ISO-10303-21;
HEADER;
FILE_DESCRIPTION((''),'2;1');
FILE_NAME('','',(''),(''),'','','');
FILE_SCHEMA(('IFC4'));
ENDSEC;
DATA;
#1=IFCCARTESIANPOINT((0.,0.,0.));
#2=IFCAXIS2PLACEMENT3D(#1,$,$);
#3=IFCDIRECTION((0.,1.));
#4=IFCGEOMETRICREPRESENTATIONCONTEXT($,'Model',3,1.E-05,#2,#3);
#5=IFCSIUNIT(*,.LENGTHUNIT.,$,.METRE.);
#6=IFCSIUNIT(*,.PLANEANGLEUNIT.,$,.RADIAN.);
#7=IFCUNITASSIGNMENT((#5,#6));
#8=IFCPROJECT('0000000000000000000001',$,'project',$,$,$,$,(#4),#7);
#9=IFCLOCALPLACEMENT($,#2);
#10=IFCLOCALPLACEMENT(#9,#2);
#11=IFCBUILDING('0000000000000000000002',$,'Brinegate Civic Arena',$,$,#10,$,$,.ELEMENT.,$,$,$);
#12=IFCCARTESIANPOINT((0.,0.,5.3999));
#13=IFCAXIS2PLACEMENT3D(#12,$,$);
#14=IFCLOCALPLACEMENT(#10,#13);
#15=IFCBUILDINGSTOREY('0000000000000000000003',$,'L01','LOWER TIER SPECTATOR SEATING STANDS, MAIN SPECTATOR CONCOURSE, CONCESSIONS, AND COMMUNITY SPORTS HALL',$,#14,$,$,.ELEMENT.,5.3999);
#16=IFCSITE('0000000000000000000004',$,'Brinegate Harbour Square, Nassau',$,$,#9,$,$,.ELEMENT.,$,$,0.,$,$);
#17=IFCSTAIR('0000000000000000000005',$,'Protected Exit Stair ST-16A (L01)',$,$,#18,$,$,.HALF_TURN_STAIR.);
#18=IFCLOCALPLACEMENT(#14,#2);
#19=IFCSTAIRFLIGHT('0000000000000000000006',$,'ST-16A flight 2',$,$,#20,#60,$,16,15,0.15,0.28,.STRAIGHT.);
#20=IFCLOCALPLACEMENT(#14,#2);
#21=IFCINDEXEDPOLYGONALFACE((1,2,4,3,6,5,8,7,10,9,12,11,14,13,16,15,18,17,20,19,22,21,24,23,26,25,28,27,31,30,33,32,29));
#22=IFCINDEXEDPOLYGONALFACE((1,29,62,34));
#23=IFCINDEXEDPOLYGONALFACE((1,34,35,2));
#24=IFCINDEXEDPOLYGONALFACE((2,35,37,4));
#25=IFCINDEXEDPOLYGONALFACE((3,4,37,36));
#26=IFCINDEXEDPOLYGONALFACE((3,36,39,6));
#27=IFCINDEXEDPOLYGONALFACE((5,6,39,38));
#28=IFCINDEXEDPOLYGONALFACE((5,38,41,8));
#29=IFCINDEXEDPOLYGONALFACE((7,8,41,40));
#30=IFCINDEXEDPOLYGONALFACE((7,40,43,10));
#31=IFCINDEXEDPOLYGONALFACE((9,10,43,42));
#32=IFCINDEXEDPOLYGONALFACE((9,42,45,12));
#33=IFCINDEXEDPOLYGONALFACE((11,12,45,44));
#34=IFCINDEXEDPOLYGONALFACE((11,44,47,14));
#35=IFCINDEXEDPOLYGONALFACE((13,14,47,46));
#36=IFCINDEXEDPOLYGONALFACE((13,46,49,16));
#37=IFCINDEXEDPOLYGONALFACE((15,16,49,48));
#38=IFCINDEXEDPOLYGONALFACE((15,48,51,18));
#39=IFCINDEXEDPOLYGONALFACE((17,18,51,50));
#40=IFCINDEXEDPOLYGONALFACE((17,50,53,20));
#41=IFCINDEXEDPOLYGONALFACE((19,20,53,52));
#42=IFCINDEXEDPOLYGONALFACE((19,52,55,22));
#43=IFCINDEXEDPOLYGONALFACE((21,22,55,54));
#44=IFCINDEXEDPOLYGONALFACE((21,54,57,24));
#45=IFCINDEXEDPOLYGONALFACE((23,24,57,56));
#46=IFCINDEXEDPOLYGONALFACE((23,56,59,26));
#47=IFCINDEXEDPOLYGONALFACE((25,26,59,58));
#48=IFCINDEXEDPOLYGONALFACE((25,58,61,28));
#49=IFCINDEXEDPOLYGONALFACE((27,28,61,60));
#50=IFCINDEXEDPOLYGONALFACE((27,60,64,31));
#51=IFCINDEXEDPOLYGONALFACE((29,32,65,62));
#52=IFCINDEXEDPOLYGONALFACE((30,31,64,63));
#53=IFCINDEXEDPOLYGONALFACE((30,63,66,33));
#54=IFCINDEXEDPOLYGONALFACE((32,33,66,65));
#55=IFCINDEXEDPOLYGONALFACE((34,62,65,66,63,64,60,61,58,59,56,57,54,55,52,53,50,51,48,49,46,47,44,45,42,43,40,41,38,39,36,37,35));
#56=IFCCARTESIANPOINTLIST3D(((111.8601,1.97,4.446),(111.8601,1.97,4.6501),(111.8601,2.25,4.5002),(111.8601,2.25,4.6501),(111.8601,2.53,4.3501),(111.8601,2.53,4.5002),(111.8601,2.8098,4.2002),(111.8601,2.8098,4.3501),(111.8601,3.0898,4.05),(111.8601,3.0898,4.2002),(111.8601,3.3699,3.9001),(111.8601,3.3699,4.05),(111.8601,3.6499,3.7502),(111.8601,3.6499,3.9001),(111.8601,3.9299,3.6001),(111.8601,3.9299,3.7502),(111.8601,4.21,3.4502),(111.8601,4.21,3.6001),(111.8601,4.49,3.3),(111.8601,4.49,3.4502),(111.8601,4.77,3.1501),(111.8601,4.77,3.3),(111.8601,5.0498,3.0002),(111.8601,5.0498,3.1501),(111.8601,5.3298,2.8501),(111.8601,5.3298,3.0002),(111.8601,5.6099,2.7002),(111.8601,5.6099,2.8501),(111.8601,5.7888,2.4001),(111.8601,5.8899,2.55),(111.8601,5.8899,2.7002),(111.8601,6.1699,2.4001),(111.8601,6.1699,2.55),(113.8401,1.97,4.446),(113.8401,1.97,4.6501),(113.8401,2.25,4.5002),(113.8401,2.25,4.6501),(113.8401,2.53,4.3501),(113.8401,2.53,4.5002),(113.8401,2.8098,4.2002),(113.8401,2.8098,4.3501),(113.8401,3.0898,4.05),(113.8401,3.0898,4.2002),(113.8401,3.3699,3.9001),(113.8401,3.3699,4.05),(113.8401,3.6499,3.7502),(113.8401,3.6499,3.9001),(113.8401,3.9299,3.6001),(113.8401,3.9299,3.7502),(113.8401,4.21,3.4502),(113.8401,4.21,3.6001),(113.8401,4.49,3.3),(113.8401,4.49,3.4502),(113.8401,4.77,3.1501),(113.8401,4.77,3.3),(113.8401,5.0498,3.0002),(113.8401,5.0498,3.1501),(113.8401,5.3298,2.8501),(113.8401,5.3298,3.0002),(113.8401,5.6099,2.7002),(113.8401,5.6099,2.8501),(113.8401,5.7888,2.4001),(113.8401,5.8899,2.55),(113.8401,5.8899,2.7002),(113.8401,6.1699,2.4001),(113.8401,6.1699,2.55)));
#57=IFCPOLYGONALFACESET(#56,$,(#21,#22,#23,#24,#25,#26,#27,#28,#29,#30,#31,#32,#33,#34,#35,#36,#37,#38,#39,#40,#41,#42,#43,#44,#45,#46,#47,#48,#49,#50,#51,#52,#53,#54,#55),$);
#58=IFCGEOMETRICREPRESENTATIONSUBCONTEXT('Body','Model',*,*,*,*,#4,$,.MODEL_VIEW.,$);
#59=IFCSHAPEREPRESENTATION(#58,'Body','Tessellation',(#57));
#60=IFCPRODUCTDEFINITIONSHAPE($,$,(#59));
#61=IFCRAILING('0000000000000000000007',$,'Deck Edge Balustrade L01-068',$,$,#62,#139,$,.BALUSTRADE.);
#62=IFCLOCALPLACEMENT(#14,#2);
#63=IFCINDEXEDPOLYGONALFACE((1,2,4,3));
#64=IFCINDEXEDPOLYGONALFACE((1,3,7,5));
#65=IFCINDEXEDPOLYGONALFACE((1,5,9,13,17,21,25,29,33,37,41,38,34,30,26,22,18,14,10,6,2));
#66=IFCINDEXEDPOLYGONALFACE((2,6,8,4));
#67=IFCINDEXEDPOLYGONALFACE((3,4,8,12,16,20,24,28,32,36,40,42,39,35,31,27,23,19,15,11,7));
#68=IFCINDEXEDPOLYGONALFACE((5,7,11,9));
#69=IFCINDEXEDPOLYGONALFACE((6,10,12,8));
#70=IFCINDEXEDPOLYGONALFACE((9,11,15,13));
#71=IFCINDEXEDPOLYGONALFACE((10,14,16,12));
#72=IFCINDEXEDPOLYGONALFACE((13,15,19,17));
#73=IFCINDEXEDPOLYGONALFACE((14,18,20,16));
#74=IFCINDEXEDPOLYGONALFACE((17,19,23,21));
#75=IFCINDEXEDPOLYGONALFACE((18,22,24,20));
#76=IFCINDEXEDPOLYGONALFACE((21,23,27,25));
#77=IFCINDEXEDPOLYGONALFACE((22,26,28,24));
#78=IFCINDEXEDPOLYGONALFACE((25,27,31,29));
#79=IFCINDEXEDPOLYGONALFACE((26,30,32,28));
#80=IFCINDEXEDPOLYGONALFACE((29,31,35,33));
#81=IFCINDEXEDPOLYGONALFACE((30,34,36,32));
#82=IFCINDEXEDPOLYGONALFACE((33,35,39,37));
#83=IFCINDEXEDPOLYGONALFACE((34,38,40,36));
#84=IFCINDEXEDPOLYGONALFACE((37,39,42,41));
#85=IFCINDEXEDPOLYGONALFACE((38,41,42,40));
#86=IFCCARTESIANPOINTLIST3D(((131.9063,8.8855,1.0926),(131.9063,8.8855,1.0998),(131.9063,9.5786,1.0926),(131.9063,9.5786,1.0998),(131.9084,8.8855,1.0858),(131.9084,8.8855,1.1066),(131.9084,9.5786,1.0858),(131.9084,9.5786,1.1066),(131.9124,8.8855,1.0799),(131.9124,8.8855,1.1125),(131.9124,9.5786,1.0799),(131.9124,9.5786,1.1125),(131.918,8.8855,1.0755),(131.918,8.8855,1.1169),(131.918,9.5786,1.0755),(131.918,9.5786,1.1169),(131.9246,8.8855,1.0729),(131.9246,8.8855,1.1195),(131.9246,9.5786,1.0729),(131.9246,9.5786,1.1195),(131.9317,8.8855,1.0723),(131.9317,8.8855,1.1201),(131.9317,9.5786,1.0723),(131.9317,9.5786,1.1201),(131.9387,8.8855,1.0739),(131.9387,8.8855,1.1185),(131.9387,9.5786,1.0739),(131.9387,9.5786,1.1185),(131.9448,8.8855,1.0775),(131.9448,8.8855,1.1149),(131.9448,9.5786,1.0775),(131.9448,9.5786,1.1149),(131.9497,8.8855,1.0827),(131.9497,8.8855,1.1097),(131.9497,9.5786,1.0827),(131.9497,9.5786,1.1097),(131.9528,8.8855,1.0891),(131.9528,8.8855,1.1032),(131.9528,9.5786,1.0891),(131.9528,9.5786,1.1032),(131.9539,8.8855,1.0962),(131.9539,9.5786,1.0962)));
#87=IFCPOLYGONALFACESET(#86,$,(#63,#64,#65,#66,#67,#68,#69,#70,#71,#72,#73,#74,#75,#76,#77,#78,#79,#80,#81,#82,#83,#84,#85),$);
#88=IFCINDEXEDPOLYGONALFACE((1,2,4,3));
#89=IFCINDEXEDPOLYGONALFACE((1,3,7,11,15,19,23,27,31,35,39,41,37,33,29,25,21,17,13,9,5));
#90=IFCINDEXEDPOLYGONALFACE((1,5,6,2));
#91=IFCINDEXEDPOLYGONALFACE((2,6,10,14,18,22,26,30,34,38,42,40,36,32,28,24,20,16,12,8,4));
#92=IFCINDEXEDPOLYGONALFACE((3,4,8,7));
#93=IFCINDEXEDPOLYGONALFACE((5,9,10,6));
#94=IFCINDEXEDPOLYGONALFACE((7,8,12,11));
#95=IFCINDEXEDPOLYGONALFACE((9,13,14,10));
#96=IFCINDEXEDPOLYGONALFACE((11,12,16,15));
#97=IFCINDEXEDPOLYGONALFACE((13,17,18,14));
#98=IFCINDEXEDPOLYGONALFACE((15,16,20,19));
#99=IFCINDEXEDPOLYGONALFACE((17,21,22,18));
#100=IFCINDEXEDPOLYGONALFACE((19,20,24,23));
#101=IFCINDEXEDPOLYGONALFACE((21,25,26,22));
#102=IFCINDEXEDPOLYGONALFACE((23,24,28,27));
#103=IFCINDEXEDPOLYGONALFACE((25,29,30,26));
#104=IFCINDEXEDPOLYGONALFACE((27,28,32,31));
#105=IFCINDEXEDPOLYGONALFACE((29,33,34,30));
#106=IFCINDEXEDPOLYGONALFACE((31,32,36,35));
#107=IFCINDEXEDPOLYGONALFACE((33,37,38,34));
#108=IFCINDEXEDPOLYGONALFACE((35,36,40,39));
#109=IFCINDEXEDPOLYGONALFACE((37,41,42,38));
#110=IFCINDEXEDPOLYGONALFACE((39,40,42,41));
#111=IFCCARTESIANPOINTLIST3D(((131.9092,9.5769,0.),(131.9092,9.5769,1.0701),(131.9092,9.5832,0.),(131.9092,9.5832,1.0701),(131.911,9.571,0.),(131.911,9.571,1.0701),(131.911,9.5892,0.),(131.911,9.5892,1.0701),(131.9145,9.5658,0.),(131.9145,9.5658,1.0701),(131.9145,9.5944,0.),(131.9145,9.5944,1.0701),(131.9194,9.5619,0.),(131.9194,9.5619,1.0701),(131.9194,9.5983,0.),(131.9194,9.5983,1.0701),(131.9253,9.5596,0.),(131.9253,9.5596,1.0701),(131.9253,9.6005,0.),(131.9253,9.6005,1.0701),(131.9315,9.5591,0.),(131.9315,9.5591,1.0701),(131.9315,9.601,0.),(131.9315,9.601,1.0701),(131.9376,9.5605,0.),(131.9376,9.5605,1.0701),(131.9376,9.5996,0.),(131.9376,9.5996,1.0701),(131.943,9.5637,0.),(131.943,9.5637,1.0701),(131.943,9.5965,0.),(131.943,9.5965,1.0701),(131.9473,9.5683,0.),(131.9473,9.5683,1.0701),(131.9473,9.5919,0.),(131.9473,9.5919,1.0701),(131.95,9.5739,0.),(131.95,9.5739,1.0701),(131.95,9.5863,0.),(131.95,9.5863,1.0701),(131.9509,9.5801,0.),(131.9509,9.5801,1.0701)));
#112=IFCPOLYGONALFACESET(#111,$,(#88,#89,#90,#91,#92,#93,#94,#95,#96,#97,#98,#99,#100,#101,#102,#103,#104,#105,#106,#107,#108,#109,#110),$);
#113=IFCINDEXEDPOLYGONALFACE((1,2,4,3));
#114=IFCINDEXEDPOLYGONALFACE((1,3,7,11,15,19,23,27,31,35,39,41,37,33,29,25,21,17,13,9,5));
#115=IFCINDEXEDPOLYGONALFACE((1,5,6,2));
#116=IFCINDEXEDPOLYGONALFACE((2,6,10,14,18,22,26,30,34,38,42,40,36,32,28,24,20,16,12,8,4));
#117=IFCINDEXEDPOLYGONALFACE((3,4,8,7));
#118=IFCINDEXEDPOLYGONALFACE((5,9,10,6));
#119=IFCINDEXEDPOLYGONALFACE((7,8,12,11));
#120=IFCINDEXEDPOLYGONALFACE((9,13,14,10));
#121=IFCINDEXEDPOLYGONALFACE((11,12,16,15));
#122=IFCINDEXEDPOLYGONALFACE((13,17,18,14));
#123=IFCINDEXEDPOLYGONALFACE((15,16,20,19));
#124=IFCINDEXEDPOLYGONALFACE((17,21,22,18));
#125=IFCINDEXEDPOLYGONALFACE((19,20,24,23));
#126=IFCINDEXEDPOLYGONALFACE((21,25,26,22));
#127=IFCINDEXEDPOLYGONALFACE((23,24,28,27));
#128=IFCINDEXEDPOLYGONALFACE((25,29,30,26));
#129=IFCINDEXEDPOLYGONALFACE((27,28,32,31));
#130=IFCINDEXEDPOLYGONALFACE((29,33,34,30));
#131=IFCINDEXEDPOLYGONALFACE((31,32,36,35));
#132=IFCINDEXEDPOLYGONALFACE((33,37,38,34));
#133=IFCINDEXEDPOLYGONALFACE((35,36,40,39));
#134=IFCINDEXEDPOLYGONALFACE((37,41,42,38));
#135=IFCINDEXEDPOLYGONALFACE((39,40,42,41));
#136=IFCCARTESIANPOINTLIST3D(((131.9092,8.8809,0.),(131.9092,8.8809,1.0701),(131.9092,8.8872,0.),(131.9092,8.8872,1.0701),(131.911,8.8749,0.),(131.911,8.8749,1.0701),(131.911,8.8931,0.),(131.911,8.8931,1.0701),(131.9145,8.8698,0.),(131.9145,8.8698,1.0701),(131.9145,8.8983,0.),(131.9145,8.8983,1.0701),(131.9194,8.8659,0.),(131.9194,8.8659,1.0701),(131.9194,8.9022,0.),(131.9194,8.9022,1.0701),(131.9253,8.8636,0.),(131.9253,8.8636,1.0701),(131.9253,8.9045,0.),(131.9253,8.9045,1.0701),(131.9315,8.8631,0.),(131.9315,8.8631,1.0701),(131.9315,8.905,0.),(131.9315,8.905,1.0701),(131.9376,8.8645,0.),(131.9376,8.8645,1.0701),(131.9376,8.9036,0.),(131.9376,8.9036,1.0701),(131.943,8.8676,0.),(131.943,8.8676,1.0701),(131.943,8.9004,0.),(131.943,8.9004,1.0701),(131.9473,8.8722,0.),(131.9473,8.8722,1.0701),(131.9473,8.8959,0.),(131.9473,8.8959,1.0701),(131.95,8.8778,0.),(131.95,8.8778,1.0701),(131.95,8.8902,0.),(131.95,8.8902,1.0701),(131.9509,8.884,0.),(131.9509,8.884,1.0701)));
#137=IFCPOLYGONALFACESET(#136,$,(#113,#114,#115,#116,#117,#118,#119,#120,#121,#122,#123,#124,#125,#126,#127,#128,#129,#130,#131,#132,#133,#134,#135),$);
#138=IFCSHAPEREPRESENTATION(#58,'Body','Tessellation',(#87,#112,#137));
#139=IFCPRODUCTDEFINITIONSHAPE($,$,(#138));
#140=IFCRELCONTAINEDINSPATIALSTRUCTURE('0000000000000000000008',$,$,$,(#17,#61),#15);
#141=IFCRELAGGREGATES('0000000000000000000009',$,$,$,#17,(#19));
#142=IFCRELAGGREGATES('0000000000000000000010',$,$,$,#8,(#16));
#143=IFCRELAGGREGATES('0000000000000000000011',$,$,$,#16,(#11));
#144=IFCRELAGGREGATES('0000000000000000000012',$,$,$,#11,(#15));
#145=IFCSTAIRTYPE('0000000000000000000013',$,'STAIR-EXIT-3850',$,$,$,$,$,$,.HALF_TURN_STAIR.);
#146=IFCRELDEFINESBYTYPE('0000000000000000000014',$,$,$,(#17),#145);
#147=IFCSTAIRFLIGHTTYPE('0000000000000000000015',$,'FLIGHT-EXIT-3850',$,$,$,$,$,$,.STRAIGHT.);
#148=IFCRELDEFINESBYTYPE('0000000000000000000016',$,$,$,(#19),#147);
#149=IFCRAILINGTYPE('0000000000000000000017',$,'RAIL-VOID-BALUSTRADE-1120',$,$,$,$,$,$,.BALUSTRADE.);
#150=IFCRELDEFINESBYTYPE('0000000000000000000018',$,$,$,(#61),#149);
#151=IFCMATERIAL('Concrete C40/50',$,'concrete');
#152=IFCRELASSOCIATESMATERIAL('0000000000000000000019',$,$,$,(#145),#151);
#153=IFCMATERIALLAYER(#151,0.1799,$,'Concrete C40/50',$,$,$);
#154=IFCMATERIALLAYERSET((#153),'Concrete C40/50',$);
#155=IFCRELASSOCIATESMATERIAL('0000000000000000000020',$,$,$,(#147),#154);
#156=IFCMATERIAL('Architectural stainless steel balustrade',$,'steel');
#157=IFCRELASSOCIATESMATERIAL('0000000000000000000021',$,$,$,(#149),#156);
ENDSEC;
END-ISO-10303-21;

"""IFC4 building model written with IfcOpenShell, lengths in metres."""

from ifc_helpers import new_model, si_unit, direction, frame, origin, origin_2d, place, context, subcontext, project, spatial, polyline, circle, outline, extrude, material, layer, layer_set, type_object, element, aggregate, save


model = new_model("IFC4")

# Units and contexts
model_context = context("Model", 3, precision=1e-05, world=origin(), true_north=direction((0.0, 1.0)))
body_context = subcontext(model_context, "Body", "Model", "MODEL_VIEW")
ifc_project = project(units=[si_unit("LENGTHUNIT", "METRE"), si_unit("PLANEANGLEUNIT", "RADIAN")], contexts=[model_context])

# Site, building, storey
site_placement = place(None, origin())
site = spatial("IfcSite", under=ifc_project, at=site_placement, Name="Brinegate Harbour Square, Nassau", CompositionType="ELEMENT", RefElevation=0.0)
building_placement = place(site_placement, origin())
building = spatial("IfcBuilding", under=site, at=building_placement, Name="Brinegate Civic Arena", CompositionType="ELEMENT")
storey_placement = place(building_placement, frame((0.0, 0.0, 5.3999)))
storey = spatial("IfcBuildingStorey", under=building, at=storey_placement, Name="L01", Description="LOWER TIER SPECTATOR SEATING STANDS, MAIN SPECTATOR CONCOURSE, CONCESSIONS, AND COMMUNITY SPORTS HALL", CompositionType="ELEMENT", Elevation=5.3999)

# Stair, stair flight
ifc_material_1 = material(Name="Concrete C40/50", Category="concrete")
stair_type_1 = type_object("IfcStairType", Name="STAIR-EXIT-3850", PredefinedType="HALF_TURN_STAIR", material=ifc_material_1)
ifc_layer_1 = layer(ifc_material_1, 0.1799, Name="Concrete C40/50")
ifc_layer_set_1 = layer_set([ifc_layer_1], Name="Concrete C40/50")
stair_flight_type_1 = type_object("IfcStairFlightType", Name="FLIGHT-EXIT-3850", PredefinedType="STRAIGHT", material=ifc_layer_set_1)
stair_1_placement = place(storey_placement, origin())
stair_1 = element("IfcStair", 1, at=stair_1_placement, inside=storey, type_object=stair_type_1, Name="Protected Exit Stair ST-16A (L01)", PredefinedType="HALF_TURN_STAIR")
stair_flight_1_placement = place(storey_placement, frame((112.8501, 6.1699, 2.4001), z_axis=(0.0, 0.0, 1.0), x_axis=(0.0, -1.0, 0.0)))
stair_flight_1 = element("IfcStairFlight", 2, at=stair_flight_1_placement, type_object=stair_flight_type_1, Name="ST-16A flight 2", NumberOfRisers=16, NumberOfTreads=15, PredefinedType="STRAIGHT", RiserHeight=0.15, TreadLength=0.28, context=body_context, shape_type="SweptSolid", body=[
    extrude(outline(polyline([(0.0, 0.0), (0.0, 0.1499), (0.28, 0.1499), (0.28, 0.3), (0.5601, 0.3), (0.5601, 0.45), (0.8401, 0.45), (0.8401, 0.6001), (1.1201, 0.6001), (1.1201, 0.75), (1.3999, 0.75), (1.3999, 0.8999), (1.6799, 0.8999), (1.6799, 1.05), (1.96, 1.05), (1.96, 1.2), (2.24, 1.2), (2.24, 1.3501), (2.52, 1.3501), (2.52, 1.5), (2.8, 1.5), (2.8, 1.6499), (3.0801, 1.6499), (3.0801, 1.8), (3.3601, 1.8), (3.3601, 1.95), (3.6399, 1.95), (3.6399, 2.1001), (3.9199, 2.1001), (3.9199, 2.25), (4.2, 2.25), (4.2, 2.3999), (4.2, 2.0459), (0.3811, 0.0), (0.0, 0.0)])), frame((0.0, 0.99, 0.0), z_axis=(0.0, -1.0, 0.0), x_axis=(1.0, 0.0, 0.0)), (0.0, 0.0, 1.0), 1.98),
])
aggregate(stair_1, [stair_flight_1])

# Railing
ifc_material_2 = material(Name="Architectural stainless steel balustrade", Category="steel")
railing_type = type_object("IfcRailingType", Name="RAIL-VOID-BALUSTRADE-1120", PredefinedType="BALUSTRADE", material=ifc_material_2)
railing_1_placement = place(storey_placement, frame((131.9299, 9.5801, 0.0)))
element("IfcRailing", 3, at=railing_1_placement, inside=storey, type_object=railing_type, Name="Deck Edge Balustrade L01-068", PredefinedType="BALUSTRADE", context=body_context, shape_type="SweptSolid", body=[
    extrude(circle(Radius=0.0239, at=origin_2d()), frame((0.0, -0.0015, 1.0962), z_axis=(0.0, -1.0, 0.0), x_axis=(1.0, 0.0, 0.0)), (0.0, 0.0, 1.0), 0.6931),
    extrude(circle(Radius=0.021, at=origin_2d()), origin(), (0.0, 0.0, 1.0), 1.0701),
    extrude(circle(Radius=0.021, at=origin_2d()), frame((0.0, -0.696, 0.0)), (0.0, 0.0, 1.0), 1.0701),
])

save(model, "model.ifc")
